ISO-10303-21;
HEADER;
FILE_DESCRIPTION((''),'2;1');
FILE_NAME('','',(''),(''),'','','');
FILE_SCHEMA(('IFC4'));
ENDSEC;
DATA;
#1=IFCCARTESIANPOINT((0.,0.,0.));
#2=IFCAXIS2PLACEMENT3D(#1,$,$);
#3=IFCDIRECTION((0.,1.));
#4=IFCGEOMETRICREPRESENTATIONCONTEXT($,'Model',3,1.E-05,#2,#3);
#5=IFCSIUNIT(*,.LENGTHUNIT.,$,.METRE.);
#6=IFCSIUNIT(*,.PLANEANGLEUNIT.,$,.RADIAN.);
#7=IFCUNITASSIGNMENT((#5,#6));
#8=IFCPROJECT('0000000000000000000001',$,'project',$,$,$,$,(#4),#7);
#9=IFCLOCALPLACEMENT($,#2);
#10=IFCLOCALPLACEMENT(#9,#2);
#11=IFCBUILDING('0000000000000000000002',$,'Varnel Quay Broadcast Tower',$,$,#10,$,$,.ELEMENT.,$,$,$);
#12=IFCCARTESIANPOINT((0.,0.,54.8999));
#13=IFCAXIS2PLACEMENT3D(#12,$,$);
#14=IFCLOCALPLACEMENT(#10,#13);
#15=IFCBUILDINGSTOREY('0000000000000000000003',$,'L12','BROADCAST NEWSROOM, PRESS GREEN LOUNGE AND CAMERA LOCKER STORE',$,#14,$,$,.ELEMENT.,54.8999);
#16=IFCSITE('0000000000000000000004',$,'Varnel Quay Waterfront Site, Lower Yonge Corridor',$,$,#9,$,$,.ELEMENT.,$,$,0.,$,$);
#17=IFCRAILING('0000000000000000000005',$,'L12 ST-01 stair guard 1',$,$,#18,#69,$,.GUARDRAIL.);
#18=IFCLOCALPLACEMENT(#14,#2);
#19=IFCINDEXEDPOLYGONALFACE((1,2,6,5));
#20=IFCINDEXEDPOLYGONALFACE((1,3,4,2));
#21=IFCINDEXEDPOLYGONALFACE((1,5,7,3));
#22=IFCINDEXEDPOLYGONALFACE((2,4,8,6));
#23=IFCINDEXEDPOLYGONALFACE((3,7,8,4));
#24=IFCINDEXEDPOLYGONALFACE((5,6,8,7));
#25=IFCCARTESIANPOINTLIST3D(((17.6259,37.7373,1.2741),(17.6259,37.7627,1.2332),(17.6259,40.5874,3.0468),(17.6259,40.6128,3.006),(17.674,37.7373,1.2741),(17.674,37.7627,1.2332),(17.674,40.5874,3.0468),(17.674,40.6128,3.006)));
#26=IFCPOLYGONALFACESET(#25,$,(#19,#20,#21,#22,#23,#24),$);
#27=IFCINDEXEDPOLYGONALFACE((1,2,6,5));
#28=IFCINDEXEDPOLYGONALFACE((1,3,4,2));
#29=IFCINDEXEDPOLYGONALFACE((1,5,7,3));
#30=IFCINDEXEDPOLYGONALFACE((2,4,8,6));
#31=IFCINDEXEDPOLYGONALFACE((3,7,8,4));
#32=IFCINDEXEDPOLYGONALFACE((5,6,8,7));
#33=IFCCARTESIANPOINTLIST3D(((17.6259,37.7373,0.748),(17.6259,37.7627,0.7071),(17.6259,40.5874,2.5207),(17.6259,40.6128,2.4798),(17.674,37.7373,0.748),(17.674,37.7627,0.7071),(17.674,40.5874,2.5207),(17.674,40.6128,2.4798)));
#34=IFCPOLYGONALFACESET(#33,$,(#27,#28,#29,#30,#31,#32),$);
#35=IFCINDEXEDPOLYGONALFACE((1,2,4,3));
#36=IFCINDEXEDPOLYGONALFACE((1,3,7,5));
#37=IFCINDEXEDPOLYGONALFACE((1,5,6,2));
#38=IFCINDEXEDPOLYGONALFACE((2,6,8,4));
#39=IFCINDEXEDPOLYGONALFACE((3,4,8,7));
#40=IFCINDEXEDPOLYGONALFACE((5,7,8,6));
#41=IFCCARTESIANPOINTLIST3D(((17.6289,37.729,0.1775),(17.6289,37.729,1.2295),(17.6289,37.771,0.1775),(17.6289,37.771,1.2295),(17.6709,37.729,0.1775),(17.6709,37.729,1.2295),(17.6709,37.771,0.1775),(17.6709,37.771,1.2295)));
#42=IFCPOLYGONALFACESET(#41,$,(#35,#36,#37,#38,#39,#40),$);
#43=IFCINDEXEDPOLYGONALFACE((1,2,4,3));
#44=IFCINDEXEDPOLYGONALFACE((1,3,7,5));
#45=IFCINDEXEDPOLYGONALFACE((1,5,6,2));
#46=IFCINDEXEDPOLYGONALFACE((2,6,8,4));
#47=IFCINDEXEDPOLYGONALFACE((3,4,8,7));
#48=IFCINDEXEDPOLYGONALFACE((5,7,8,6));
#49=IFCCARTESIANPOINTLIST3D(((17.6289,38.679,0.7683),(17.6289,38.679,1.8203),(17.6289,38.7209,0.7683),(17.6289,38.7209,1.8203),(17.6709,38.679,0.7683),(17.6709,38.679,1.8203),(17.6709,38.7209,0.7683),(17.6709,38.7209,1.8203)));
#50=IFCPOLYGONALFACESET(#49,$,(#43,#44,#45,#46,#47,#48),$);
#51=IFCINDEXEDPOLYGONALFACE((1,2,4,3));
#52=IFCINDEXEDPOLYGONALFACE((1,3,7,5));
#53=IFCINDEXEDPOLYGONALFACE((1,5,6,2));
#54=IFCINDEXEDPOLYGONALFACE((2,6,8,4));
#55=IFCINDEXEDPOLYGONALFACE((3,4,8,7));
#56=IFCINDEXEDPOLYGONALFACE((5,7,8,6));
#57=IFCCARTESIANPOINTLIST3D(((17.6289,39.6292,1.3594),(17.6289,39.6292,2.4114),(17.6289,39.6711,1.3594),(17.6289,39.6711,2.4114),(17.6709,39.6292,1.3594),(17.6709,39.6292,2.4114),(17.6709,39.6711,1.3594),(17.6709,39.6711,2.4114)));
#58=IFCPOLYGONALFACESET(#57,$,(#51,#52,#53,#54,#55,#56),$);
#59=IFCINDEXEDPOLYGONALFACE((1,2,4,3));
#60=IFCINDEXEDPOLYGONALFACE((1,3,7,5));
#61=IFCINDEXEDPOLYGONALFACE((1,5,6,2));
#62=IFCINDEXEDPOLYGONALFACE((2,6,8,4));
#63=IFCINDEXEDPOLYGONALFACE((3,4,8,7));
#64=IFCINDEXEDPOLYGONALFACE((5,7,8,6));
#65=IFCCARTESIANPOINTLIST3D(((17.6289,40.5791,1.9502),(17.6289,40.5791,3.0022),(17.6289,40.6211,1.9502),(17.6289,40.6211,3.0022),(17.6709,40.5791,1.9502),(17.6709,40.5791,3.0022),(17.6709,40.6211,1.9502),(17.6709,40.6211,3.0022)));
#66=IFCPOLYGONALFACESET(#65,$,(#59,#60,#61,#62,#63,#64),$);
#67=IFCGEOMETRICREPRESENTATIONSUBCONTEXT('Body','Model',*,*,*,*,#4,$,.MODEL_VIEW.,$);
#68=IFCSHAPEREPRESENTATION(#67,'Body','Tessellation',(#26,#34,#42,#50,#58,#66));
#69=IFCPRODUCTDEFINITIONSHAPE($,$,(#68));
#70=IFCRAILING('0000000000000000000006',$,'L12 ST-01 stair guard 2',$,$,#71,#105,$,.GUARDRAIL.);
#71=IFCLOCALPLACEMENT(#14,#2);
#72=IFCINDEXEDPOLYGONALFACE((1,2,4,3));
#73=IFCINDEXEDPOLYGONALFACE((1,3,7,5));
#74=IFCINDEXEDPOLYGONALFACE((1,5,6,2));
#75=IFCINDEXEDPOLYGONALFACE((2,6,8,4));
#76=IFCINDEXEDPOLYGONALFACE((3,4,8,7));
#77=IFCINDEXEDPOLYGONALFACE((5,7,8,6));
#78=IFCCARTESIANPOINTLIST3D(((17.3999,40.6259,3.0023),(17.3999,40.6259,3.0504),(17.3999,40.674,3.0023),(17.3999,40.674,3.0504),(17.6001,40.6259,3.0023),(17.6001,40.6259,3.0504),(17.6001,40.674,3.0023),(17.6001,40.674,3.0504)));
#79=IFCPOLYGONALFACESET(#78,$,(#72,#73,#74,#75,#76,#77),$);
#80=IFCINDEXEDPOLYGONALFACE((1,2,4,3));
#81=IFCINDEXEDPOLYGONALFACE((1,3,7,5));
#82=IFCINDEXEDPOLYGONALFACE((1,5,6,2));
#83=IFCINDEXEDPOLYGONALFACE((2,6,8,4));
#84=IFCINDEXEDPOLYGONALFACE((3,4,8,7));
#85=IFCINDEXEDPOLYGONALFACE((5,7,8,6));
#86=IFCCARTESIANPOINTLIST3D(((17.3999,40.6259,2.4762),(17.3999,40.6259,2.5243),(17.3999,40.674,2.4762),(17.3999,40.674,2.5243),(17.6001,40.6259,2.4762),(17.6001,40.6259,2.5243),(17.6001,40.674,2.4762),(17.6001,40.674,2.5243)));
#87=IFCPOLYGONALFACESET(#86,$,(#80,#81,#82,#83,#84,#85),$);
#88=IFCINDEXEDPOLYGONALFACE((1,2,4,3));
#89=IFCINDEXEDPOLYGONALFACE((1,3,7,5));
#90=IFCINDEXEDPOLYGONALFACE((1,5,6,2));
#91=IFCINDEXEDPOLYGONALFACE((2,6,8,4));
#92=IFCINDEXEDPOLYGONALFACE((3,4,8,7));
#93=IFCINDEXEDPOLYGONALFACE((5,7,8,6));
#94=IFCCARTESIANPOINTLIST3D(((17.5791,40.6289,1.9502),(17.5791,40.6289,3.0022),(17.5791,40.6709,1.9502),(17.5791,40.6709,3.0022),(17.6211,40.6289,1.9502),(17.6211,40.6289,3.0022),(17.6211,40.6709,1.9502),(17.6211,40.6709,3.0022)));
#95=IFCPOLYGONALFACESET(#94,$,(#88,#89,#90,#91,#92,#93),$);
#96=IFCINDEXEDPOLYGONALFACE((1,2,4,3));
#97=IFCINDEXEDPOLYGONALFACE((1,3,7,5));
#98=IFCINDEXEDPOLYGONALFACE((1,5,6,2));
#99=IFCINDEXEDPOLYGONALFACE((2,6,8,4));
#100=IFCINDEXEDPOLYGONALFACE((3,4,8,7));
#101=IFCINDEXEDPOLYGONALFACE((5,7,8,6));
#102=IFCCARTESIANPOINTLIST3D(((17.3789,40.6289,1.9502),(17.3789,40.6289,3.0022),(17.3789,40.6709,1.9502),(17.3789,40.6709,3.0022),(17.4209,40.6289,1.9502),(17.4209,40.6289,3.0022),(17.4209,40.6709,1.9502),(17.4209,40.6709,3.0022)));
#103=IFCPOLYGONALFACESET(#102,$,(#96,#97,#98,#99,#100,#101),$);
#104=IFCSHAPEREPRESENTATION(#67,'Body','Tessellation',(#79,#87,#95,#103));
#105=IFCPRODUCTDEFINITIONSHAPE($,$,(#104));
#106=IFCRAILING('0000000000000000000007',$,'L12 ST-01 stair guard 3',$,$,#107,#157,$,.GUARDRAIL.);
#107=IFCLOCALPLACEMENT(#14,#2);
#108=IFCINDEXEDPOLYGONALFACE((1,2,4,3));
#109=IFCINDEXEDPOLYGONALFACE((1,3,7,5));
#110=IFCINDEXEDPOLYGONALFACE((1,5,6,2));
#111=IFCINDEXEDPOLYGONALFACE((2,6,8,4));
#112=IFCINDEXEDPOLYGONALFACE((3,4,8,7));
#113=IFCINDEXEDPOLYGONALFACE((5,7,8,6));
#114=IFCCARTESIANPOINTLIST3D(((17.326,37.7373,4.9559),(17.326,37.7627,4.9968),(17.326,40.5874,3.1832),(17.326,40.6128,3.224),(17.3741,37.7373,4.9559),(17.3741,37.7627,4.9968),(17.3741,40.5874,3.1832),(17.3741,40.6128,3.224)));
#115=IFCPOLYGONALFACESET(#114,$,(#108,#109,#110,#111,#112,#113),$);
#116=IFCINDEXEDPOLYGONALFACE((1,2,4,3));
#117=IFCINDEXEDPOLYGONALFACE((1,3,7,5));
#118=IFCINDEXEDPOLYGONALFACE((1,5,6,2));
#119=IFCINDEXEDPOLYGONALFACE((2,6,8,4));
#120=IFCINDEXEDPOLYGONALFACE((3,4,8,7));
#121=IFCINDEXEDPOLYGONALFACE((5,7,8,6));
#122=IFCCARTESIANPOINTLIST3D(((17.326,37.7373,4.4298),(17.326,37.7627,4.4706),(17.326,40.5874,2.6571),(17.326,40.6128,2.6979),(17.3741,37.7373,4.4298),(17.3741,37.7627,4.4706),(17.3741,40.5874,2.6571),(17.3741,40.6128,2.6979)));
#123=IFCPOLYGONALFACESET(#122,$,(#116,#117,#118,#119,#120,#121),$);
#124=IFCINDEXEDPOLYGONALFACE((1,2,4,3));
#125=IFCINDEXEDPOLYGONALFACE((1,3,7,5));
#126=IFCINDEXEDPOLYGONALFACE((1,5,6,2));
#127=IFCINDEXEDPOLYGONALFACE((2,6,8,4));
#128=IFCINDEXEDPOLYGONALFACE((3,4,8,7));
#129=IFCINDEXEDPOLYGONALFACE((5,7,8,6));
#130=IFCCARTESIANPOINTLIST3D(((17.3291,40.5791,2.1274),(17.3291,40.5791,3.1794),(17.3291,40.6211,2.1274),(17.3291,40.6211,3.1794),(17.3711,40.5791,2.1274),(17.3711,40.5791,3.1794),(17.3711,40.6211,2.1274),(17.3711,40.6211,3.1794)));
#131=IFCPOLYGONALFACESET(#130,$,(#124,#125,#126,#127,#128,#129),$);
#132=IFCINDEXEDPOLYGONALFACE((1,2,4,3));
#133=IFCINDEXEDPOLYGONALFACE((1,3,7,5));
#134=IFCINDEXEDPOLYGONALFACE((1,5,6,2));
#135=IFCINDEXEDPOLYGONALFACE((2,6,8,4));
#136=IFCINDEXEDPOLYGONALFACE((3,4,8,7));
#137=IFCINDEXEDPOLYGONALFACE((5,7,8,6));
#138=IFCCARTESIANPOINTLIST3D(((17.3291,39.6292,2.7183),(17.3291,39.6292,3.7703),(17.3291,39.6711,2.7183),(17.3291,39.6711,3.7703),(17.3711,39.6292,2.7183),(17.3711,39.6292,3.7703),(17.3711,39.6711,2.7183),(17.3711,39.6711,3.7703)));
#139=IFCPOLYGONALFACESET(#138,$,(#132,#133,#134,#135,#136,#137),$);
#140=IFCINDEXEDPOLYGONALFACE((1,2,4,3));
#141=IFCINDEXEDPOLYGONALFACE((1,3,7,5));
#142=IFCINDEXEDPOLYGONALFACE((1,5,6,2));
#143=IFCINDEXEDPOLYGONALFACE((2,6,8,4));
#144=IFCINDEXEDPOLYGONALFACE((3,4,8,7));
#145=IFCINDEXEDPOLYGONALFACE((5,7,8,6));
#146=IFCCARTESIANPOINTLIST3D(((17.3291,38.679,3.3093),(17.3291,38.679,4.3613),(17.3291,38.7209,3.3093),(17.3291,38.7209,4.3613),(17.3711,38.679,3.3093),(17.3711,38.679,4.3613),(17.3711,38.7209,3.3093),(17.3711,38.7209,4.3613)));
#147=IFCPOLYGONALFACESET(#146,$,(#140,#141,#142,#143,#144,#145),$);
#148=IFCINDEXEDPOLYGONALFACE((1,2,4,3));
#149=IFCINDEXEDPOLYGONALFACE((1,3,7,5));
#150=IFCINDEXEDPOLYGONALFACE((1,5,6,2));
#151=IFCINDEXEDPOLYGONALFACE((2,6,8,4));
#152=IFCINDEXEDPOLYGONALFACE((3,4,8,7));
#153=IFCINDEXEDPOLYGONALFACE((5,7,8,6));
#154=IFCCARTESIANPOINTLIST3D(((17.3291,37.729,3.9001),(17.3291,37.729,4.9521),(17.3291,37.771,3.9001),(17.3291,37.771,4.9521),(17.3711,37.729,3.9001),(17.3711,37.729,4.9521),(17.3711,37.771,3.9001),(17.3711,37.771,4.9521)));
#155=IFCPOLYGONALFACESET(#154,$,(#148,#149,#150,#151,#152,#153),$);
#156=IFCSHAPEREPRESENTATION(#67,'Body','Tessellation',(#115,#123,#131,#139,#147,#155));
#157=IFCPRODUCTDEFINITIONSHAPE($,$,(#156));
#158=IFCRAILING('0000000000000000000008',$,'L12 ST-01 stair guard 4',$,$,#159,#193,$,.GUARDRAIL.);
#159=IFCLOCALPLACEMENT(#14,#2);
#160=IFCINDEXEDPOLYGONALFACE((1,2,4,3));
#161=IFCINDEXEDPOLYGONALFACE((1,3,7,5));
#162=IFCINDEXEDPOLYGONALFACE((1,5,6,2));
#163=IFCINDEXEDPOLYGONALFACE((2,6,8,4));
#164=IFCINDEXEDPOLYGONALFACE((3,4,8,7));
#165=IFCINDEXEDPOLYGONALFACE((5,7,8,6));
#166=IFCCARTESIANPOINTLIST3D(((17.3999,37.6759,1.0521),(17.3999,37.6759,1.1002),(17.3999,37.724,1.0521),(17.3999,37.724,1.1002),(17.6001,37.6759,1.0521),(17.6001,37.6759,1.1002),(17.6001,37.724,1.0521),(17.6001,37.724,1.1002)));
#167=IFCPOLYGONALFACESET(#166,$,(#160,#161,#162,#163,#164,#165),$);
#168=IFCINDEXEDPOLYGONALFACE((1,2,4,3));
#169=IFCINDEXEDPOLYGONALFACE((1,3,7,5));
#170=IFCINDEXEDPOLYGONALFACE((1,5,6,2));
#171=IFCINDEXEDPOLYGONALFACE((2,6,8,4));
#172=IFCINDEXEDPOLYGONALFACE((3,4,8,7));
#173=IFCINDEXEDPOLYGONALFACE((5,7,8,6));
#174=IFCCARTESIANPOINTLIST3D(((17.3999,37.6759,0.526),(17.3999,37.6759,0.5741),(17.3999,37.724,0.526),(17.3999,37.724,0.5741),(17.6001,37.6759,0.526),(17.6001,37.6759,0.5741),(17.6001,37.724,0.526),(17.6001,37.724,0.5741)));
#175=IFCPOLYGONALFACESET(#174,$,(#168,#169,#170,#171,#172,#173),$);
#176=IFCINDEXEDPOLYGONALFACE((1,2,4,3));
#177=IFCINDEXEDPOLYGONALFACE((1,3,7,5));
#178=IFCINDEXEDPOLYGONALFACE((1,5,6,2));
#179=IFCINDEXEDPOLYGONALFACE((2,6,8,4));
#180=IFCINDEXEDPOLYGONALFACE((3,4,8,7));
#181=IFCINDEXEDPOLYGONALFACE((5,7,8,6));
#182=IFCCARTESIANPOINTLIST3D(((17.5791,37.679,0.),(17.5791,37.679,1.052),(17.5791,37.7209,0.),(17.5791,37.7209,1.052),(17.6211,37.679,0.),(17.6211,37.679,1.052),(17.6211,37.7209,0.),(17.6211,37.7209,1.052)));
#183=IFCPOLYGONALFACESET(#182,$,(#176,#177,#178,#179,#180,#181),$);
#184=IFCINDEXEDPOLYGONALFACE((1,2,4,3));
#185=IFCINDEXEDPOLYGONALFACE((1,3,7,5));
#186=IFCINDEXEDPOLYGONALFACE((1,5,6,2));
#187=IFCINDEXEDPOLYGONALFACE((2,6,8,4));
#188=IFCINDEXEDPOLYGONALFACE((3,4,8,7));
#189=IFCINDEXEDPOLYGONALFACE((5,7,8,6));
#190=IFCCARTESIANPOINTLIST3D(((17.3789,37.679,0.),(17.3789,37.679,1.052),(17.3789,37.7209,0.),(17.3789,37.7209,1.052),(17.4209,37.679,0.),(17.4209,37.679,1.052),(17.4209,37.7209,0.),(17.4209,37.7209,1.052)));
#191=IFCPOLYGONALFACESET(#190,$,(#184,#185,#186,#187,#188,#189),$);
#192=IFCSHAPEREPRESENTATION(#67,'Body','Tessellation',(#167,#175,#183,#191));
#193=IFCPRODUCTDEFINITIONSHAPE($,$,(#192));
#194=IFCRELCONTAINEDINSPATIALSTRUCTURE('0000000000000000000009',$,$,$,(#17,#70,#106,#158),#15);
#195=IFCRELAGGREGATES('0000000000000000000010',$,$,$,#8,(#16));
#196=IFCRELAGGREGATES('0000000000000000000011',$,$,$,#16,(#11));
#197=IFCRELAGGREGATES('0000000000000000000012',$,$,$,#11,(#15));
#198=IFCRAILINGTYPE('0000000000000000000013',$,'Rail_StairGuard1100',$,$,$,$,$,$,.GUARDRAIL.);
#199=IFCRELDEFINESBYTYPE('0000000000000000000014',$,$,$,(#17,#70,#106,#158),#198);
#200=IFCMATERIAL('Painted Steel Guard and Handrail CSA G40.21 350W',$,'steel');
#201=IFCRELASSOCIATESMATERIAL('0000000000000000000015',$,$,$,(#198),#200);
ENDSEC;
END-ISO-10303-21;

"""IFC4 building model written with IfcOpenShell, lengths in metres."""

from ifc_helpers import new_model, si_unit, direction, frame, origin, origin_2d, place, context, subcontext, project, spatial, rectangle, extrude, material, type_object, element, save


model = new_model("IFC4")

# Units and contexts
model_context = context("Model", 3, precision=1e-05, world=origin(), true_north=direction((0.0, 1.0)))
body_context = subcontext(model_context, "Body", "Model", "MODEL_VIEW")
ifc_project = project(units=[si_unit("LENGTHUNIT", "METRE"), si_unit("PLANEANGLEUNIT", "RADIAN")], contexts=[model_context])

# Site, building, storey
site_placement = place(None, origin())
site = spatial("IfcSite", under=ifc_project, at=site_placement, Name="Varnel Quay Waterfront Site, Lower Yonge Corridor", CompositionType="ELEMENT", RefElevation=0.0)
building_placement = place(site_placement, origin())
building = spatial("IfcBuilding", under=site, at=building_placement, Name="Varnel Quay Broadcast Tower", CompositionType="ELEMENT")
storey_placement = place(building_placement, frame((0.0, 0.0, 54.8999)))
storey = spatial("IfcBuildingStorey", under=building, at=storey_placement, Name="L12", Description="BROADCAST NEWSROOM, PRESS GREEN LOUNGE AND CAMERA LOCKER STORE", CompositionType="ELEMENT", Elevation=54.8999)

# Railings
ifc_material_1 = material(Name="Painted Steel Guard and Handrail CSA G40.21 350W", Category="steel")
railing_type_1 = type_object("IfcRailingType", Name="Rail_StairGuard1100", PredefinedType="GUARDRAIL", material=ifc_material_1)
railing_1_placement = place(storey_placement, frame((17.6499, 37.75, 0.1775)))
element("IfcRailing", 1, at=railing_1_placement, inside=storey, type_object=railing_type_1, Name="L12 ST-01 stair guard 1", PredefinedType="GUARDRAIL", context=body_context, shape_type="SweptSolid", body=[
    extrude(rectangle(XDim=0.0481, YDim=0.0481, at=origin_2d()), frame((0.0, 0.0, 1.0762), z_axis=(0.0, 0.849149, 0.528154), x_axis=(-1.0, 0.0, 0.0)), (0.0, 0.0, 1.0), 3.3564),
    extrude(rectangle(XDim=0.0481, YDim=0.0481, at=origin_2d()), frame((0.0, 0.0, 0.55), z_axis=(0.0, 0.849149, 0.528154), x_axis=(-1.0, 0.0, 0.0)), (0.0, 0.0, 1.0), 3.3564),
    extrude(rectangle(XDim=0.042, YDim=0.042, at=origin_2d()), origin(), (0.0, 0.0, 1.0), 1.052),
    extrude(rectangle(XDim=0.042, YDim=0.042, at=origin_2d()), frame((0.0, 0.95, 0.5908)), (0.0, 0.0, 1.0), 1.052),
    extrude(rectangle(XDim=0.042, YDim=0.042, at=origin_2d()), frame((0.0, 1.9001, 1.1819)), (0.0, 0.0, 1.0), 1.052),
    extrude(rectangle(XDim=0.042, YDim=0.042, at=origin_2d()), frame((0.0, 2.8501, 1.7727)), (0.0, 0.0, 1.0), 1.052),
])
railing_2_placement = place(storey_placement, frame((17.6001, 40.6499, 1.9502)))
element("IfcRailing", 2, at=railing_2_placement, inside=storey, type_object=railing_type_1, Name="L12 ST-01 stair guard 2", PredefinedType="GUARDRAIL", context=body_context, shape_type="SweptSolid", body=[
    extrude(rectangle(XDim=0.0481, YDim=0.0481, at=origin_2d()), frame((0.0, 0.0, 1.0762), z_axis=(-1.0, 0.0, 0.0), x_axis=(0.0, -1.0, 0.0)), (0.0, 0.0, 1.0), 0.2002),
    extrude(rectangle(XDim=0.0481, YDim=0.0481, at=origin_2d()), frame((0.0, 0.0, 0.55), z_axis=(-1.0, 0.0, 0.0), x_axis=(0.0, -1.0, 0.0)), (0.0, 0.0, 1.0), 0.2002),
    extrude(rectangle(XDim=0.042, YDim=0.042, at=origin_2d()), origin(), (0.0, 0.0, 1.0), 1.052),
    extrude(rectangle(XDim=0.042, YDim=0.042, at=origin_2d()), frame((-0.2002, 0.0, 0.0)), (0.0, 0.0, 1.0), 1.052),
])
railing_3_placement = place(storey_placement, frame((17.3501, 40.6001, 2.1274)))
element("IfcRailing", 3, at=railing_3_placement, inside=storey, type_object=railing_type_1, Name="L12 ST-01 stair guard 3", PredefinedType="GUARDRAIL", context=body_context, shape_type="SweptSolid", body=[
    extrude(rectangle(XDim=0.0481, YDim=0.0481, at=origin_2d()), frame((0.0, 0.0, 1.0762), z_axis=(0.0, -0.849149, 0.528154), x_axis=(1.0, 0.0, 0.0)), (0.0, 0.0, 1.0), 3.3564),
    extrude(rectangle(XDim=0.0481, YDim=0.0481, at=origin_2d()), frame((0.0, 0.0, 0.55), z_axis=(0.0, -0.849149, 0.528154), x_axis=(1.0, 0.0, 0.0)), (0.0, 0.0, 1.0), 3.3564),
    extrude(rectangle(XDim=0.042, YDim=0.042, at=origin_2d()), origin(), (0.0, 0.0, 1.0), 1.052),
    extrude(rectangle(XDim=0.042, YDim=0.042, at=origin_2d()), frame((0.0, -0.95, 0.5908)), (0.0, 0.0, 1.0), 1.052),
    extrude(rectangle(XDim=0.042, YDim=0.042, at=origin_2d()), frame((0.0, -1.9001, 1.1819)), (0.0, 0.0, 1.0), 1.052),
    extrude(rectangle(XDim=0.042, YDim=0.042, at=origin_2d()), frame((0.0, -2.8501, 1.7727)), (0.0, 0.0, 1.0), 1.052),
])
railing_4_placement = place(storey_placement, frame((17.6001, 37.7, 0.0)))
element("IfcRailing", 4, at=railing_4_placement, inside=storey, type_object=railing_type_1, Name="L12 ST-01 stair guard 4", PredefinedType="GUARDRAIL", context=body_context, shape_type="SweptSolid", body=[
    extrude(rectangle(XDim=0.0481, YDim=0.0481, at=origin_2d()), frame((0.0, 0.0, 1.0762), z_axis=(-1.0, 0.0, 0.0), x_axis=(0.0, -1.0, 0.0)), (0.0, 0.0, 1.0), 0.2002),
    extrude(rectangle(XDim=0.0481, YDim=0.0481, at=origin_2d()), frame((0.0, 0.0, 0.55), z_axis=(-1.0, 0.0, 0.0), x_axis=(0.0, -1.0, 0.0)), (0.0, 0.0, 1.0), 0.2002),
    extrude(rectangle(XDim=0.042, YDim=0.042, at=origin_2d()), origin(), (0.0, 0.0, 1.0), 1.052),
    extrude(rectangle(XDim=0.042, YDim=0.042, at=origin_2d()), frame((-0.2002, 0.0, 0.0)), (0.0, 0.0, 1.0), 1.052),
])

save(model, "model.ifc")
